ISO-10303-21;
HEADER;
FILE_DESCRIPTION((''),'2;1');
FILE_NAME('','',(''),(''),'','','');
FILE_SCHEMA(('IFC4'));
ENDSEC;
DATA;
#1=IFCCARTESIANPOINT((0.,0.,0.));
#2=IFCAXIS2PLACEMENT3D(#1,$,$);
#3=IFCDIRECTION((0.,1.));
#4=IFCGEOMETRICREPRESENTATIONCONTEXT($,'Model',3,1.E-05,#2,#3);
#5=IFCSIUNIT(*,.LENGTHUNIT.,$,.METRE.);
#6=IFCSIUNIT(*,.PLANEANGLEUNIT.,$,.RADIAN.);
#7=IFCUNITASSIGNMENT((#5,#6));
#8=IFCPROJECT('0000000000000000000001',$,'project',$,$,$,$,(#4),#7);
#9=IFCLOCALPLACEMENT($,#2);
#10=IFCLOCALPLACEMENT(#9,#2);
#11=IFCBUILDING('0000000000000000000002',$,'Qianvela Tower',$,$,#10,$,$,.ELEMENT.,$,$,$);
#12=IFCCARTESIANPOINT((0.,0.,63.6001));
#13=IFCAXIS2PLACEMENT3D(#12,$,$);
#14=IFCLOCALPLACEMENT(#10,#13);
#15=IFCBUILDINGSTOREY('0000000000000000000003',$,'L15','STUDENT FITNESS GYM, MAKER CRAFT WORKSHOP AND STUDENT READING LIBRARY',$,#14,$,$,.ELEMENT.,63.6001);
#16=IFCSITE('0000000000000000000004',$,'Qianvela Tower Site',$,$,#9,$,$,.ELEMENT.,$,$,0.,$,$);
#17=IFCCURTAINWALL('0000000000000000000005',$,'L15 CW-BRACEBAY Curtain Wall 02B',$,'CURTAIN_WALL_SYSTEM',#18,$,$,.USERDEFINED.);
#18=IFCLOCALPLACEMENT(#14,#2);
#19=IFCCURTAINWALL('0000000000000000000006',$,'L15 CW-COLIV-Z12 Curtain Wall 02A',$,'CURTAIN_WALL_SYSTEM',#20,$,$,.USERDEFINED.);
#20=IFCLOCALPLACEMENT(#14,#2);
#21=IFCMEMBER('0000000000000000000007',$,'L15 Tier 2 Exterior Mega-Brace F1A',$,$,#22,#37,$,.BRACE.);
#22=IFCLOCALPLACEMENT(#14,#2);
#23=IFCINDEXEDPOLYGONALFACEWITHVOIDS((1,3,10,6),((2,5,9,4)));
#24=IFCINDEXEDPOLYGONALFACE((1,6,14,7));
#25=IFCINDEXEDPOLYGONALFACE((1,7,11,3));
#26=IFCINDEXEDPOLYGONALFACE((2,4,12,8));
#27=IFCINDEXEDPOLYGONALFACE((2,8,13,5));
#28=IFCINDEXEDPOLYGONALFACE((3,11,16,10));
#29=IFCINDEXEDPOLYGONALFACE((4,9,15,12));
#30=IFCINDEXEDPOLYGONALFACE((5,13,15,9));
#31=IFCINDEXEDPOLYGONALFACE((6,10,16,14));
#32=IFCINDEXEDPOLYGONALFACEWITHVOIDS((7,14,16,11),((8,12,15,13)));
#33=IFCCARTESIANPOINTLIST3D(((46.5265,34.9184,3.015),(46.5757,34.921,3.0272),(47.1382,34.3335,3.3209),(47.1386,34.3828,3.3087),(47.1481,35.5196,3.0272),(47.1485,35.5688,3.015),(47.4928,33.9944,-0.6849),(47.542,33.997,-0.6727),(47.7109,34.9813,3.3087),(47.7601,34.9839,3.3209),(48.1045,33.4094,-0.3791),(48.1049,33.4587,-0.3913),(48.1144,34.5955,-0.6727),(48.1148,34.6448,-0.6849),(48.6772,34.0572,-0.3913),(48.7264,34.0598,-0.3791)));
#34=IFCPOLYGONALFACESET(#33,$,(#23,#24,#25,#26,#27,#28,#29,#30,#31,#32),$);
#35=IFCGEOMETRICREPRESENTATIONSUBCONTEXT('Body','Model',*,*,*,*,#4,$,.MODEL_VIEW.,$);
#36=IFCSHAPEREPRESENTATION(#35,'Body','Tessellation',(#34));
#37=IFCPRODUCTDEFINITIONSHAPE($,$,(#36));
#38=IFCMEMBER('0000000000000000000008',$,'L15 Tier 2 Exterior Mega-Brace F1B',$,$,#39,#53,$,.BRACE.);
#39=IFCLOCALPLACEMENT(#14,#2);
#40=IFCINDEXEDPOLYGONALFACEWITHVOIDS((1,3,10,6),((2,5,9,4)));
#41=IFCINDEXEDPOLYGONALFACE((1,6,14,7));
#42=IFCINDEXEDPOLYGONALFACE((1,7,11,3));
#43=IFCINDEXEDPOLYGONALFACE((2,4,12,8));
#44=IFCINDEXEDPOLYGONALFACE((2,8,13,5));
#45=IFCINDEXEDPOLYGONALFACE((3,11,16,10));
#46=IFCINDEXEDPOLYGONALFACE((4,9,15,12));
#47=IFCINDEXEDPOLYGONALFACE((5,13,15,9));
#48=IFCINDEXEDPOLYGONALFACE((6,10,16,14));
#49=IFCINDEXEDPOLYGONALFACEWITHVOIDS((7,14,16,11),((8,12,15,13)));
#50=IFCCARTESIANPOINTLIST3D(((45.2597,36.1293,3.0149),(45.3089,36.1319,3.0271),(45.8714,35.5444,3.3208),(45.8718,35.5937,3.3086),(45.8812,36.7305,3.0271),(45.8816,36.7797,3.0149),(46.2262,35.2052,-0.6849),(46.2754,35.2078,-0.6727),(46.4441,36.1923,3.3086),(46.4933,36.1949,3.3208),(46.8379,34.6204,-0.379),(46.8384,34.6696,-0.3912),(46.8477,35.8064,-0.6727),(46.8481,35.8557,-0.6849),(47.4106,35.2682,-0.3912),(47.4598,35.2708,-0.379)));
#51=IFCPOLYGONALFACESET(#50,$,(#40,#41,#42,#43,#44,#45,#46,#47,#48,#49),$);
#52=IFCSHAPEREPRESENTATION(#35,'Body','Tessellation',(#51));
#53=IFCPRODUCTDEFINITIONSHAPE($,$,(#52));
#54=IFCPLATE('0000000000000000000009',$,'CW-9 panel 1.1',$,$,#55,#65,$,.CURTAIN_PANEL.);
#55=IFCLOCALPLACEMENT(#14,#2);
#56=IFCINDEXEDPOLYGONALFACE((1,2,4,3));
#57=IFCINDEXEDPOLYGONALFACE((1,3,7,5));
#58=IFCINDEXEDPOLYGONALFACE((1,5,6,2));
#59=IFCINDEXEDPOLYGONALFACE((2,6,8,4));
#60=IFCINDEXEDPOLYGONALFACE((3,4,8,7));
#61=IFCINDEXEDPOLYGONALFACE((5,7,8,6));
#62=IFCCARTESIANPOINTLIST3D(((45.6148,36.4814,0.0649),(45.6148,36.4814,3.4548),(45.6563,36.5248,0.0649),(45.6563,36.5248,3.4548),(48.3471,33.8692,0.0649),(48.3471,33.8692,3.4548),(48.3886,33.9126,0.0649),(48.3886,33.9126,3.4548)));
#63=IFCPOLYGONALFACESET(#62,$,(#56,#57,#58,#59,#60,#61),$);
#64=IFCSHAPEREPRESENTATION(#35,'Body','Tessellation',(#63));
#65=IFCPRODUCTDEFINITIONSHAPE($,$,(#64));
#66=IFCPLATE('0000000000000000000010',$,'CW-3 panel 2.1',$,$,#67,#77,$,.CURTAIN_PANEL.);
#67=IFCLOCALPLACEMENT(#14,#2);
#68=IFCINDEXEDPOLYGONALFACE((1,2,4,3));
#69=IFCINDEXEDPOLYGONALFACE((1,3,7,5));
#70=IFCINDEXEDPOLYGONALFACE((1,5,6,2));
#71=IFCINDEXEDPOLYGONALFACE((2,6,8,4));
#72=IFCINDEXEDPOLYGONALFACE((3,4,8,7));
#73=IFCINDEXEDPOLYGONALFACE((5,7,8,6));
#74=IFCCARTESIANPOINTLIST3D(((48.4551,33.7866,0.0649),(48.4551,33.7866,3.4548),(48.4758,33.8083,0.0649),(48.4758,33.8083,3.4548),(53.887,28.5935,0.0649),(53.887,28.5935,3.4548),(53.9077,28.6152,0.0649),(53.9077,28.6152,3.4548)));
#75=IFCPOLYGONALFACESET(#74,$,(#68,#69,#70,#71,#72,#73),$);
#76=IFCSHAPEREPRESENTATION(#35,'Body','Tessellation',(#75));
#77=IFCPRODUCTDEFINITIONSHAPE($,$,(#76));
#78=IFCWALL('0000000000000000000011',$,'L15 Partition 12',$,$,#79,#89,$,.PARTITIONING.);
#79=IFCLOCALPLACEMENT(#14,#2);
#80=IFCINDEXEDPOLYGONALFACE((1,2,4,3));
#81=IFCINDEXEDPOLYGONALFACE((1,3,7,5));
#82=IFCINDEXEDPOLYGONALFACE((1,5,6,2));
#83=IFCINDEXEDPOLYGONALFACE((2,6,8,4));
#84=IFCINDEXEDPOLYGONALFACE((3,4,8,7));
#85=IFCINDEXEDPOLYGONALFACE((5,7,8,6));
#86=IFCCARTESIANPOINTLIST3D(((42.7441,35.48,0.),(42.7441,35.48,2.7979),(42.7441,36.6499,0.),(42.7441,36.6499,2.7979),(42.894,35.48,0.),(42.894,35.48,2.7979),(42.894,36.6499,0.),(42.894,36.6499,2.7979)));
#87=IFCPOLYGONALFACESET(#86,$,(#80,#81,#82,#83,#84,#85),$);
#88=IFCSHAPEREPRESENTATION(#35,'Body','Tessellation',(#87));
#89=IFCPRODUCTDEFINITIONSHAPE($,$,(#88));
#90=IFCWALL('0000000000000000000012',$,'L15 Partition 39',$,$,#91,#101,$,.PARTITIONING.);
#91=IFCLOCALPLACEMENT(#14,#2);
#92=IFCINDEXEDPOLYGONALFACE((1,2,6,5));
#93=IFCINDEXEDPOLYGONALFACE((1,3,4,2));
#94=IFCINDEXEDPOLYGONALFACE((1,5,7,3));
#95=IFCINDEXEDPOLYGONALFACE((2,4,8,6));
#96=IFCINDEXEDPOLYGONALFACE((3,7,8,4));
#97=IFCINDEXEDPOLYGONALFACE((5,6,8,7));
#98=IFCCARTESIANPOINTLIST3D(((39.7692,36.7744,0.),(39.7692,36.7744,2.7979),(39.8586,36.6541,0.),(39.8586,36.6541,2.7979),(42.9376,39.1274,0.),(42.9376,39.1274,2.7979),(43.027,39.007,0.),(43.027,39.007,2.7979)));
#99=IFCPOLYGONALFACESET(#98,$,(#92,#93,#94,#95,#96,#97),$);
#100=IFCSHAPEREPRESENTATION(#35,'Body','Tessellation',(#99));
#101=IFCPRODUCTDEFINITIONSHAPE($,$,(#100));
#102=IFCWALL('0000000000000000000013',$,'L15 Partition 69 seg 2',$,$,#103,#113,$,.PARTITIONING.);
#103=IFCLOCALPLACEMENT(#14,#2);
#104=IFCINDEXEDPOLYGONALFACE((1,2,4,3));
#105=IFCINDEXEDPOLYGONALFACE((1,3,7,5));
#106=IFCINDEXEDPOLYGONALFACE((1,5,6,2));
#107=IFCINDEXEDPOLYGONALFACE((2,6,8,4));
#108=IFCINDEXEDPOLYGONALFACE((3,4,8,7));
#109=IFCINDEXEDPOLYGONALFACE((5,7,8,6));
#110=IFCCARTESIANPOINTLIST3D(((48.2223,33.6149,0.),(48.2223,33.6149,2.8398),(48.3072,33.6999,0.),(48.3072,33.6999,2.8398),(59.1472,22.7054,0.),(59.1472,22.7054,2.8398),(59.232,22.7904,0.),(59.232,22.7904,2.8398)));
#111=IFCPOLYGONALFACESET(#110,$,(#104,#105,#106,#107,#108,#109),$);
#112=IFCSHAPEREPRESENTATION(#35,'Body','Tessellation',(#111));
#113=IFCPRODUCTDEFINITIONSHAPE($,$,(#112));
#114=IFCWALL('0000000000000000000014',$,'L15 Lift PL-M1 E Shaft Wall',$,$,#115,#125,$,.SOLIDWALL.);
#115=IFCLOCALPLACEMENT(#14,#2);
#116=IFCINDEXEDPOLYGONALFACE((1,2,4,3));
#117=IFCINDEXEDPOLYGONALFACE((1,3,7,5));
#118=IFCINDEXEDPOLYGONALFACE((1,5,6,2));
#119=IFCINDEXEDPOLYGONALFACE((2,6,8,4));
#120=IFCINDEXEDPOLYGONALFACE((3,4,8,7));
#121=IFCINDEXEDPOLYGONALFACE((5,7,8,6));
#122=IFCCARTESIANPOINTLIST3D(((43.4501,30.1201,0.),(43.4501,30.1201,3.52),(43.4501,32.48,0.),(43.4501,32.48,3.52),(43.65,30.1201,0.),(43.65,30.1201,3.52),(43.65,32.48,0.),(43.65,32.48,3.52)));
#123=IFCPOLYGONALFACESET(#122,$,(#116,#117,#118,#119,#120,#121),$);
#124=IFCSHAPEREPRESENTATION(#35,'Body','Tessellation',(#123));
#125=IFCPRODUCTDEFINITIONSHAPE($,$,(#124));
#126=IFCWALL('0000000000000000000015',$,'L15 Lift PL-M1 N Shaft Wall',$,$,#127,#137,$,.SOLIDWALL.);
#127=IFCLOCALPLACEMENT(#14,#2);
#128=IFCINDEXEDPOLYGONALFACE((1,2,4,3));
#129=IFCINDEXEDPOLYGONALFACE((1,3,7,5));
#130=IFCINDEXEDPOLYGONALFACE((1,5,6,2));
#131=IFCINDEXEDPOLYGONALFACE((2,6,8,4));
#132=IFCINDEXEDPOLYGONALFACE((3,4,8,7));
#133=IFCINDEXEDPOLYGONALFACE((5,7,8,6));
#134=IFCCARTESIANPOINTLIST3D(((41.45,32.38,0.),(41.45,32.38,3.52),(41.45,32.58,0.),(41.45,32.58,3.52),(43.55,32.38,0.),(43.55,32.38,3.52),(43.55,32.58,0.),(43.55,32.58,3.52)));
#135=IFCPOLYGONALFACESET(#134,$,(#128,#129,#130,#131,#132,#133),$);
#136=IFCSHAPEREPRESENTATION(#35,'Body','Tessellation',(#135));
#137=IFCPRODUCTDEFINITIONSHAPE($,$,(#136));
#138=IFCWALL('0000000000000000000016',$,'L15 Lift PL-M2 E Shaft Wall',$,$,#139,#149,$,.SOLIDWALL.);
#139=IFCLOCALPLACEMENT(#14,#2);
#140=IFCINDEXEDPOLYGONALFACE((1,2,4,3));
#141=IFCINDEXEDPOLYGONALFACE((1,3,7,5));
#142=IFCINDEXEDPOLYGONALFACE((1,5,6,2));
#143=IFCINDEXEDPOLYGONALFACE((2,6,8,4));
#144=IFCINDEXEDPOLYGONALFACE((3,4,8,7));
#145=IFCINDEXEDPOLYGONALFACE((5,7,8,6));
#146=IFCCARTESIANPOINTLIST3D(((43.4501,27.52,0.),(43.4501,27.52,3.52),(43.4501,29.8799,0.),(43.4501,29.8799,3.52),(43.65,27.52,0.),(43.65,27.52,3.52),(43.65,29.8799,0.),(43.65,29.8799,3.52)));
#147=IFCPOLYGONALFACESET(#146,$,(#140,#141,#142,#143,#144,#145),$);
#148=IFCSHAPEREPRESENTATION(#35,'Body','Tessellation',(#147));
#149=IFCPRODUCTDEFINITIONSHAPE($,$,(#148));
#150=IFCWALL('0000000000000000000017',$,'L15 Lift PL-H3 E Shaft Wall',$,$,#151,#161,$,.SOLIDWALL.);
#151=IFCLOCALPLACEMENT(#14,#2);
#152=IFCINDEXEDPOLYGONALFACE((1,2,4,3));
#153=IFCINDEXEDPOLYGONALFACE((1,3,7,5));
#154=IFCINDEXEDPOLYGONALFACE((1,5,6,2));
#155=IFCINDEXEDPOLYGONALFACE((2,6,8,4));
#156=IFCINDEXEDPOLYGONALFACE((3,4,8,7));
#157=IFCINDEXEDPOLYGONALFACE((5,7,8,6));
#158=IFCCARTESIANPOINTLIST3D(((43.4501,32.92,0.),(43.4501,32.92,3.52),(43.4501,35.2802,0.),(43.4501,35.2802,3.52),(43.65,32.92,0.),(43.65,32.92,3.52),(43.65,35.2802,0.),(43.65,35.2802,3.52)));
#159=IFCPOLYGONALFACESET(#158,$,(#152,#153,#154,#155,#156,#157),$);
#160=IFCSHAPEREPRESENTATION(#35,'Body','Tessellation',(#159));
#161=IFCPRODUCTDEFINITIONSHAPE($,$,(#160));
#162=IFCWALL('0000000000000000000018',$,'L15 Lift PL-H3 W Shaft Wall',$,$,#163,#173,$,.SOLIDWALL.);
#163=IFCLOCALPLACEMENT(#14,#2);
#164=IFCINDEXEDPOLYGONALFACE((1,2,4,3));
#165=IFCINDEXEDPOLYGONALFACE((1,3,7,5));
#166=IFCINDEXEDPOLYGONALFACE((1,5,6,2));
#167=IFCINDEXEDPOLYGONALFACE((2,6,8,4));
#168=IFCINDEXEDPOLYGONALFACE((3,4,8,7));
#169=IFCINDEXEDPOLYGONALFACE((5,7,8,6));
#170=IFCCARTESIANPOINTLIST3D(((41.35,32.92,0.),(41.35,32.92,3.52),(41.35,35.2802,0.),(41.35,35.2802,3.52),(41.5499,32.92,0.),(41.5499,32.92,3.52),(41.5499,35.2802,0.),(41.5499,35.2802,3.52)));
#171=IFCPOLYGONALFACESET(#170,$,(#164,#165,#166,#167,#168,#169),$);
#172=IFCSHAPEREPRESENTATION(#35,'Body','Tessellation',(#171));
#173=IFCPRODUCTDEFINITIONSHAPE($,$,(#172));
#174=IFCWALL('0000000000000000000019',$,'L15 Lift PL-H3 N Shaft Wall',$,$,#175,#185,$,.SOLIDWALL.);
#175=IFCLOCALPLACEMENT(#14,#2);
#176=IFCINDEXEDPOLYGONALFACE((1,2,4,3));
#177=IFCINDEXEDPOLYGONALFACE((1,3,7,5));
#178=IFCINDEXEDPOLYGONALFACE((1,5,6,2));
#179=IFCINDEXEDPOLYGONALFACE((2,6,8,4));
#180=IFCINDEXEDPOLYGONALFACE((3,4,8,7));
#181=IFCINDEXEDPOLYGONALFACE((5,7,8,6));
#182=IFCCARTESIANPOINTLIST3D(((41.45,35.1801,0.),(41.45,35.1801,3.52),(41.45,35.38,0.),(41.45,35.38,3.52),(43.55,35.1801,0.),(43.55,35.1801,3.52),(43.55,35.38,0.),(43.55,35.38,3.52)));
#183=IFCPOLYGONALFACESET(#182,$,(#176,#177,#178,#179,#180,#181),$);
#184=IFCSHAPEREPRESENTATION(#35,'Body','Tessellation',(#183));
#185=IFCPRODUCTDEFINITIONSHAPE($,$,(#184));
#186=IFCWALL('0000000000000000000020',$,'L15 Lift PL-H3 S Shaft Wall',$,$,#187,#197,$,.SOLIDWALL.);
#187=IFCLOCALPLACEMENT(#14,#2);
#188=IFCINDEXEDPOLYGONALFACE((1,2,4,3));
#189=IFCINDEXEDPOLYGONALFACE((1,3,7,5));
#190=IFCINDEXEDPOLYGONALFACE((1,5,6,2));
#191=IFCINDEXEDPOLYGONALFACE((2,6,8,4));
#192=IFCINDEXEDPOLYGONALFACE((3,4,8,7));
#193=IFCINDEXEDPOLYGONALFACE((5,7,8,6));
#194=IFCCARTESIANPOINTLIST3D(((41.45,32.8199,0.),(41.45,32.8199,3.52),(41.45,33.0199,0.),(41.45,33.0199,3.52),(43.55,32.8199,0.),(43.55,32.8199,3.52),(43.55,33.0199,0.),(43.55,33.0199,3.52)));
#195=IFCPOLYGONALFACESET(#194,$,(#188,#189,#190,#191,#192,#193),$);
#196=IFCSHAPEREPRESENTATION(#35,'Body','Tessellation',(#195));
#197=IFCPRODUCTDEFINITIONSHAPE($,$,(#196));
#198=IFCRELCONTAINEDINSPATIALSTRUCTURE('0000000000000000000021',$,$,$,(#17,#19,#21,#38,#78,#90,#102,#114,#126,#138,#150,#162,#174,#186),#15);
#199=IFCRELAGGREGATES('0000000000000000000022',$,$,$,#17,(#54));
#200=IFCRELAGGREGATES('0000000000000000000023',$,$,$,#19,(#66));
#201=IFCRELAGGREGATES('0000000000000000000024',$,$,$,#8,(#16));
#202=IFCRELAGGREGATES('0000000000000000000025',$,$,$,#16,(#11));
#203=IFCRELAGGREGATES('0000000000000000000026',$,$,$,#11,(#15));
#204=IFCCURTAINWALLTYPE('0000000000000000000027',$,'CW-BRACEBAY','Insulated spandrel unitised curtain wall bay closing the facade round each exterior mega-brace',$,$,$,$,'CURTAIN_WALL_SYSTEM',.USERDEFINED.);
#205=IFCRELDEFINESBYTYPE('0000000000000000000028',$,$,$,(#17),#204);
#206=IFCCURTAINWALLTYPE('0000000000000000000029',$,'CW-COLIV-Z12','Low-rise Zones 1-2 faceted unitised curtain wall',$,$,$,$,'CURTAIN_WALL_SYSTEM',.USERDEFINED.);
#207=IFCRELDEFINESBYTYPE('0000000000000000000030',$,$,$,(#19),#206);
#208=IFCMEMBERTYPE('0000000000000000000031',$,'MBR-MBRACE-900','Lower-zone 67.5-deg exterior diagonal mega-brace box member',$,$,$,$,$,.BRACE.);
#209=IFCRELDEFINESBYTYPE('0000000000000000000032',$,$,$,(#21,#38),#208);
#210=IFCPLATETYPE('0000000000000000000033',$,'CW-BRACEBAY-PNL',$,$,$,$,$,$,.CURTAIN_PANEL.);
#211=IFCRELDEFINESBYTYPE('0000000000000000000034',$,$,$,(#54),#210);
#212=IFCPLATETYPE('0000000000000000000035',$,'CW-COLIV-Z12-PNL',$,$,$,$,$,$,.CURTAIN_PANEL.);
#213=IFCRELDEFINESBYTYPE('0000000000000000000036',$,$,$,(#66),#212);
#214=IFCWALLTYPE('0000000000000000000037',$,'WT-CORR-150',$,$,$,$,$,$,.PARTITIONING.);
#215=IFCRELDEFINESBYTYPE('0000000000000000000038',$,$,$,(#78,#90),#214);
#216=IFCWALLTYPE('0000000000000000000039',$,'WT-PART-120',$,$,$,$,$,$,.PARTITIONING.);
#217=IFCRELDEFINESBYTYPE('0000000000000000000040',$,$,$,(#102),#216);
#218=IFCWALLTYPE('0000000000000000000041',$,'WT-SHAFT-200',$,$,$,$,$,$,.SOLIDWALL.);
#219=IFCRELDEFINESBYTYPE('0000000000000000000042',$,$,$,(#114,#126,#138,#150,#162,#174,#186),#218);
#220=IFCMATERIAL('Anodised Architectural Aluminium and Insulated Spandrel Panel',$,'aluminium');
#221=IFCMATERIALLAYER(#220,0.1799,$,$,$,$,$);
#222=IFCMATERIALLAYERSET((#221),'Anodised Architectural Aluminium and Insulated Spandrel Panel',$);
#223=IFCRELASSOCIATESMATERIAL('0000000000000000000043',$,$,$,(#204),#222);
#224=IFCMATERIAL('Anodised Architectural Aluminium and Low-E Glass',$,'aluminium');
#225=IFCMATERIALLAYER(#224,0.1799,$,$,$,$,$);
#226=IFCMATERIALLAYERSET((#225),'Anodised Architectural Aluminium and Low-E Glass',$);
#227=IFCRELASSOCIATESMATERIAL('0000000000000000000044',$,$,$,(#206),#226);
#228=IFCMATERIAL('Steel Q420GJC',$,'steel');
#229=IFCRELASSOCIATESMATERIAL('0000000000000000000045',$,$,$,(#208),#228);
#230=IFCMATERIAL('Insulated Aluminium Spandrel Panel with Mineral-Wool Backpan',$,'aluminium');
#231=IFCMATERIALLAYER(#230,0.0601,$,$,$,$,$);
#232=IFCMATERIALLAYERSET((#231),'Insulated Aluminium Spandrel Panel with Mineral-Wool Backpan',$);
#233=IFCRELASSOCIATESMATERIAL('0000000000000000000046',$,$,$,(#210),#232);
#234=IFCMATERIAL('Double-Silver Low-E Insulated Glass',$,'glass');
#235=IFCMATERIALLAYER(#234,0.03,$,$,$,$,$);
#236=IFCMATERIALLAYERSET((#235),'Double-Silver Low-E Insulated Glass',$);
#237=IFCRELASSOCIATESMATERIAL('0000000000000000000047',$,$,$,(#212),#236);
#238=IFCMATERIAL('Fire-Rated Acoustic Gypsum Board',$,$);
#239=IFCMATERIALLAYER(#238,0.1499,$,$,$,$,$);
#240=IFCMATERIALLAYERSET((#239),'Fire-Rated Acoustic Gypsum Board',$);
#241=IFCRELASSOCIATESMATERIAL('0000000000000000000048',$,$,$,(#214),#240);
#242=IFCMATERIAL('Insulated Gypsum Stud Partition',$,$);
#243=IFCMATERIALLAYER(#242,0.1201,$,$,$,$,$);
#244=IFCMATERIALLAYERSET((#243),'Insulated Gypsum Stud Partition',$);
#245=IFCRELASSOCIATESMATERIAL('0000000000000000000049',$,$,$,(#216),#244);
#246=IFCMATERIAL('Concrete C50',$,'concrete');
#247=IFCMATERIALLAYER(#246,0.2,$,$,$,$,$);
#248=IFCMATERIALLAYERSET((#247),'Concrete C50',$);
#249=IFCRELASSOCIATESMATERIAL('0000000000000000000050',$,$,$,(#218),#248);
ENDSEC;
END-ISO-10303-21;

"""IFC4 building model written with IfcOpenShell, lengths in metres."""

from ifc_helpers import new_model, si_unit, direction, frame, frame_2d, origin, origin_2d, place, context, subcontext, project, spatial, rectangle, hollow_rectangle, extrude, material, layer, layer_set, material_profile, profile_set, type_object, element, aggregate, save


model = new_model("IFC4")

# Units and contexts
model_context = context("Model", 3, precision=1e-05, world=origin(), true_north=direction((0.0, 1.0)))
body_context = subcontext(model_context, "Body", "Model", "MODEL_VIEW")
ifc_project = project(units=[si_unit("LENGTHUNIT", "METRE"), si_unit("PLANEANGLEUNIT", "RADIAN")], contexts=[model_context])

# Site, building, storey
site_placement = place(None, origin())
site = spatial("IfcSite", under=ifc_project, at=site_placement, Name="Qianvela Tower Site", CompositionType="ELEMENT", RefElevation=0.0)
building_placement = place(site_placement, origin())
building = spatial("IfcBuilding", under=site, at=building_placement, Name="Qianvela Tower", CompositionType="ELEMENT")
storey_placement = place(building_placement, frame((0.0, 0.0, 63.6001)))
storey = spatial("IfcBuildingStorey", under=building, at=storey_placement, Name="L15", Description="STUDENT FITNESS GYM, MAKER CRAFT WORKSHOP AND STUDENT READING LIBRARY", CompositionType="ELEMENT", Elevation=63.6001)

# Curtain walls
ifc_material_1 = material(Name="Anodised Architectural Aluminium and Insulated Spandrel Panel", Category="aluminium")
ifc_layer_1 = layer(ifc_material_1, 0.1799)
ifc_layer_set_1 = layer_set([ifc_layer_1], Name="Anodised Architectural Aluminium and Insulated Spandrel Panel")
curtain_wall_type_1 = type_object("IfcCurtainWallType", Name="CW-BRACEBAY", Description="Insulated spandrel unitised curtain wall bay closing the facade round each exterior mega-brace", ElementType="CURTAIN_WALL_SYSTEM", PredefinedType="USERDEFINED", material=ifc_layer_set_1)
curtain_wall_1_placement = place(storey_placement, origin())
curtain_wall_1 = element("IfcCurtainWall", 1, at=curtain_wall_1_placement, inside=storey, type_object=curtain_wall_type_1, Name="L15 CW-BRACEBAY Curtain Wall 02B", ObjectType="CURTAIN_WALL_SYSTEM", PredefinedType="USERDEFINED")
ifc_material_2 = material(Name="Anodised Architectural Aluminium and Low-E Glass", Category="aluminium")
ifc_layer_2 = layer(ifc_material_2, 0.1799)
ifc_layer_set_2 = layer_set([ifc_layer_2], Name="Anodised Architectural Aluminium and Low-E Glass")
curtain_wall_type_2 = type_object("IfcCurtainWallType", Name="CW-COLIV-Z12", Description="Low-rise Zones 1-2 faceted unitised curtain wall", ElementType="CURTAIN_WALL_SYSTEM", PredefinedType="USERDEFINED", material=ifc_layer_set_2)
curtain_wall_2_placement = place(storey_placement, origin())
curtain_wall_2 = element("IfcCurtainWall", 2, at=curtain_wall_2_placement, inside=storey, type_object=curtain_wall_type_2, Name="L15 CW-COLIV-Z12 Curtain Wall 02A", ObjectType="CURTAIN_WALL_SYSTEM", PredefinedType="USERDEFINED")

# Members
ifc_material_3 = material(Name="Steel Q420GJC", Category="steel")
ifc_material_profile_1 = material_profile(ifc_material_3, hollow_rectangle(XDim=0.8999, YDim=0.8999, WallThickness=0.0359, at=origin_2d()), Name="MBOX-900x900x36")
ifc_profile_set_1 = profile_set([ifc_material_profile_1], Name="Steel Q420GJC")
member_type_1 = type_object("IfcMemberType", Name="MBR-MBRACE-900", Description="Lower-zone 67.5-deg exterior diagonal mega-brace box member", PredefinedType="BRACE", material=ifc_profile_set_1)
for number, where, z_axis, x_axis, name in (
    (3, (48.1096, 34.0271, -0.532), (-0.245623, 0.234887, 0.940477), (-0.691136, -0.722725, 0.0), "L15 Tier 2 Exterior Mega-Brace F1A"),
    (4, (46.843, 35.238, -0.532), (-0.245681, 0.234883, 0.940463), (-0.691044, -0.722812, 0.0), "L15 Tier 2 Exterior Mega-Brace F1B"),
):
    element("IfcMember", number, at=place(storey_placement, frame(where, z_axis=z_axis, x_axis=x_axis)), inside=storey, type_object=member_type_1, Name=name, PredefinedType="BRACE", context=body_context, shape_type="SweptSolid", body=[
        extrude(hollow_rectangle(XDim=0.8999, YDim=0.8999, WallThickness=0.0359, at=origin_2d()), origin(), (0.0, 0.0, 1.0), 3.9341),
    ])

# Plates
ifc_material_4 = material(Name="Insulated Aluminium Spandrel Panel with Mineral-Wool Backpan", Category="aluminium")
ifc_layer_3 = layer(ifc_material_4, 0.0601)
ifc_layer_set_3 = layer_set([ifc_layer_3], Name="Insulated Aluminium Spandrel Panel with Mineral-Wool Backpan")
plate_type_1 = type_object("IfcPlateType", Name="CW-BRACEBAY-PNL", PredefinedType="CURTAIN_PANEL", material=ifc_layer_set_3)
plate_1_placement = place(storey_placement, frame((47.0017, 35.197, 0.0649), z_axis=(0.0, 0.0, 1.0), x_axis=(-0.722811, 0.691046, 0.0)))
plate_1 = element("IfcPlate", 5, at=plate_1_placement, type_object=plate_type_1, Name="CW-9 panel 1.1", PredefinedType="CURTAIN_PANEL", context=body_context, shape_type="SweptSolid", body=[
    extrude(rectangle(XDim=3.78, YDim=0.0601, at=origin_2d()), origin(), (0.0, 0.0, 1.0), 3.3899),
])
aggregate(curtain_wall_1, [plate_1])
ifc_material_5 = material(Name="Double-Silver Low-E Insulated Glass", Category="glass")
ifc_layer_4 = layer(ifc_material_5, 0.03)
ifc_layer_set_4 = layer_set([ifc_layer_4], Name="Double-Silver Low-E Insulated Glass")
plate_type_2 = type_object("IfcPlateType", Name="CW-COLIV-Z12-PNL", PredefinedType="CURTAIN_PANEL", material=ifc_layer_set_4)
plate_2_placement = place(storey_placement, frame((51.1814, 31.2009, 0.0649), z_axis=(0.0, 0.0, 1.0), x_axis=(-0.722814, 0.691043, 0.0)))
plate_2 = element("IfcPlate", 6, at=plate_2_placement, type_object=plate_type_2, Name="CW-3 panel 2.1", PredefinedType="CURTAIN_PANEL", context=body_context, shape_type="SweptSolid", body=[
    extrude(rectangle(XDim=7.5149, YDim=0.03, at=origin_2d()), origin(), (0.0, 0.0, 1.0), 3.3899),
])
aggregate(curtain_wall_2, [plate_2])

# Walls
ifc_material_6 = material(Name="Fire-Rated Acoustic Gypsum Board")
ifc_layer_5 = layer(ifc_material_6, 0.1499)
ifc_layer_set_5 = layer_set([ifc_layer_5], Name="Fire-Rated Acoustic Gypsum Board")
wall_type_1 = type_object("IfcWallType", Name="WT-CORR-150", PredefinedType="PARTITIONING", material=ifc_layer_set_5)
wall_1_placement = place(storey_placement, frame((42.8191, 36.6499, 0.0), z_axis=(0.0, 0.0, 1.0), x_axis=(0.0, -1.0, 0.0)))
element("IfcWall", 7, at=wall_1_placement, inside=storey, type_object=wall_type_1, Name="L15 Partition 12", PredefinedType="PARTITIONING", context=body_context, shape_type="SweptSolid", body=[
    extrude(rectangle(XDim=1.1699, YDim=0.1499, at=frame_2d((0.585, 0.0))), origin(), (0.0, 0.0, 1.0), 2.7979),
])
wall_2_placement = place(storey_placement, frame((42.9822, 39.0671, 0.0), z_axis=(0.0, 0.0, 1.0), x_axis=(-0.802827, -0.596212, 0.0)))
element("IfcWall", 8, at=wall_2_placement, inside=storey, type_object=wall_type_1, Name="L15 Partition 39", PredefinedType="PARTITIONING", context=body_context, shape_type="SweptSolid", body=[
    extrude(rectangle(XDim=3.9465, YDim=0.1499, at=frame_2d((1.9731, 0.0))), origin(), (0.0, 0.0, 1.0), 2.7979),
])
ifc_material_7 = material(Name="Insulated Gypsum Stud Partition")
ifc_layer_6 = layer(ifc_material_7, 0.1201)
ifc_layer_set_6 = layer_set([ifc_layer_6], Name="Insulated Gypsum Stud Partition")
wall_type_2 = type_object("IfcWallType", Name="WT-PART-120", PredefinedType="PARTITIONING", material=ifc_layer_set_6)
wall_3_placement = place(storey_placement, frame((48.2646, 33.6575, 0.0), z_axis=(0.0, 0.0, 1.0), x_axis=(0.707605, -0.706608, 0.0)))
element("IfcWall", 9, at=wall_3_placement, inside=storey, type_object=wall_type_2, Name="L15 Partition 69 seg 2", PredefinedType="PARTITIONING", context=body_context, shape_type="SweptSolid", body=[
    extrude(rectangle(XDim=15.4392, YDim=0.1201, at=frame_2d((7.7197, 0.0))), origin(), (0.0, 0.0, 1.0), 2.8398),
])
ifc_material_8 = material(Name="Concrete C50", Category="concrete")
ifc_layer_7 = layer(ifc_material_8, 0.2)
ifc_layer_set_7 = layer_set([ifc_layer_7], Name="Concrete C50")
wall_type_3 = type_object("IfcWallType", Name="WT-SHAFT-200", PredefinedType="SOLIDWALL", material=ifc_layer_set_7)
wall_4_placement = place(storey_placement, frame((43.55, 30.1201, 0.0), z_axis=(0.0, 0.0, 1.0), x_axis=(0.0, 1.0, 0.0)))
element("IfcWall", 10, at=wall_4_placement, inside=storey, type_object=wall_type_3, Name="L15 Lift PL-M1 E Shaft Wall", PredefinedType="SOLIDWALL", context=body_context, shape_type="SweptSolid", body=[
    extrude(rectangle(XDim=2.3599, YDim=0.2, at=frame_2d((1.1799, 0.0))), origin(), (0.0, 0.0, 1.0), 3.52),
])
wall_5_placement = place(storey_placement, frame((41.45, 32.48, 0.0), z_axis=(0.0, 0.0, 1.0), x_axis=(1.0, 0.0, 0.0)))
element("IfcWall", 11, at=wall_5_placement, inside=storey, type_object=wall_type_3, Name="L15 Lift PL-M1 N Shaft Wall", PredefinedType="SOLIDWALL", context=body_context, shape_type="SweptSolid", body=[
    extrude(rectangle(XDim=2.1001, YDim=0.2, at=frame_2d((1.05, 0.0))), origin(), (0.0, 0.0, 1.0), 3.52),
])
wall_6_placement = place(storey_placement, frame((43.55, 27.52, 0.0), z_axis=(0.0, 0.0, 1.0), x_axis=(0.0, 1.0, 0.0)))
element("IfcWall", 12, at=wall_6_placement, inside=storey, type_object=wall_type_3, Name="L15 Lift PL-M2 E Shaft Wall", PredefinedType="SOLIDWALL", context=body_context, shape_type="SweptSolid", body=[
    extrude(rectangle(XDim=2.3599, YDim=0.2, at=frame_2d((1.1799, 0.0))), origin(), (0.0, 0.0, 1.0), 3.52),
])
for number, where, z_axis, x_axis, name in (
    (13, (43.55, 32.9199, 0.0), (0.0, 0.0, 1.0), (0.0, 1.0, 0.0), "L15 Lift PL-H3 E Shaft Wall"),
    (14, (41.45, 32.9199, 0.0), (0.0, 0.0, 1.0), (0.0, 1.0, 0.0), "L15 Lift PL-H3 W Shaft Wall"),
):
    element("IfcWall", number, at=place(storey_placement, frame(where, z_axis=z_axis, x_axis=x_axis)), inside=storey, type_object=wall_type_3, Name=name, PredefinedType="SOLIDWALL", context=body_context, shape_type="SweptSolid", body=[
        extrude(rectangle(XDim=2.3601, YDim=0.2, at=frame_2d((1.1802, 0.0))), origin(), (0.0, 0.0, 1.0), 3.52),
    ])
for number, where, z_axis, x_axis, name in (
    (15, (41.45, 35.28, 0.0), (0.0, 0.0, 1.0), (1.0, 0.0, 0.0), "L15 Lift PL-H3 N Shaft Wall"),
    (16, (41.45, 32.9199, 0.0), (0.0, 0.0, 1.0), (1.0, 0.0, 0.0), "L15 Lift PL-H3 S Shaft Wall"),
):
    element("IfcWall", number, at=place(storey_placement, frame(where, z_axis=z_axis, x_axis=x_axis)), inside=storey, type_object=wall_type_3, Name=name, PredefinedType="SOLIDWALL", context=body_context, shape_type="SweptSolid", body=[
        extrude(rectangle(XDim=2.1001, YDim=0.2, at=frame_2d((1.05, 0.0))), origin(), (0.0, 0.0, 1.0), 3.52),
    ])

save(model, "model.ifc")
